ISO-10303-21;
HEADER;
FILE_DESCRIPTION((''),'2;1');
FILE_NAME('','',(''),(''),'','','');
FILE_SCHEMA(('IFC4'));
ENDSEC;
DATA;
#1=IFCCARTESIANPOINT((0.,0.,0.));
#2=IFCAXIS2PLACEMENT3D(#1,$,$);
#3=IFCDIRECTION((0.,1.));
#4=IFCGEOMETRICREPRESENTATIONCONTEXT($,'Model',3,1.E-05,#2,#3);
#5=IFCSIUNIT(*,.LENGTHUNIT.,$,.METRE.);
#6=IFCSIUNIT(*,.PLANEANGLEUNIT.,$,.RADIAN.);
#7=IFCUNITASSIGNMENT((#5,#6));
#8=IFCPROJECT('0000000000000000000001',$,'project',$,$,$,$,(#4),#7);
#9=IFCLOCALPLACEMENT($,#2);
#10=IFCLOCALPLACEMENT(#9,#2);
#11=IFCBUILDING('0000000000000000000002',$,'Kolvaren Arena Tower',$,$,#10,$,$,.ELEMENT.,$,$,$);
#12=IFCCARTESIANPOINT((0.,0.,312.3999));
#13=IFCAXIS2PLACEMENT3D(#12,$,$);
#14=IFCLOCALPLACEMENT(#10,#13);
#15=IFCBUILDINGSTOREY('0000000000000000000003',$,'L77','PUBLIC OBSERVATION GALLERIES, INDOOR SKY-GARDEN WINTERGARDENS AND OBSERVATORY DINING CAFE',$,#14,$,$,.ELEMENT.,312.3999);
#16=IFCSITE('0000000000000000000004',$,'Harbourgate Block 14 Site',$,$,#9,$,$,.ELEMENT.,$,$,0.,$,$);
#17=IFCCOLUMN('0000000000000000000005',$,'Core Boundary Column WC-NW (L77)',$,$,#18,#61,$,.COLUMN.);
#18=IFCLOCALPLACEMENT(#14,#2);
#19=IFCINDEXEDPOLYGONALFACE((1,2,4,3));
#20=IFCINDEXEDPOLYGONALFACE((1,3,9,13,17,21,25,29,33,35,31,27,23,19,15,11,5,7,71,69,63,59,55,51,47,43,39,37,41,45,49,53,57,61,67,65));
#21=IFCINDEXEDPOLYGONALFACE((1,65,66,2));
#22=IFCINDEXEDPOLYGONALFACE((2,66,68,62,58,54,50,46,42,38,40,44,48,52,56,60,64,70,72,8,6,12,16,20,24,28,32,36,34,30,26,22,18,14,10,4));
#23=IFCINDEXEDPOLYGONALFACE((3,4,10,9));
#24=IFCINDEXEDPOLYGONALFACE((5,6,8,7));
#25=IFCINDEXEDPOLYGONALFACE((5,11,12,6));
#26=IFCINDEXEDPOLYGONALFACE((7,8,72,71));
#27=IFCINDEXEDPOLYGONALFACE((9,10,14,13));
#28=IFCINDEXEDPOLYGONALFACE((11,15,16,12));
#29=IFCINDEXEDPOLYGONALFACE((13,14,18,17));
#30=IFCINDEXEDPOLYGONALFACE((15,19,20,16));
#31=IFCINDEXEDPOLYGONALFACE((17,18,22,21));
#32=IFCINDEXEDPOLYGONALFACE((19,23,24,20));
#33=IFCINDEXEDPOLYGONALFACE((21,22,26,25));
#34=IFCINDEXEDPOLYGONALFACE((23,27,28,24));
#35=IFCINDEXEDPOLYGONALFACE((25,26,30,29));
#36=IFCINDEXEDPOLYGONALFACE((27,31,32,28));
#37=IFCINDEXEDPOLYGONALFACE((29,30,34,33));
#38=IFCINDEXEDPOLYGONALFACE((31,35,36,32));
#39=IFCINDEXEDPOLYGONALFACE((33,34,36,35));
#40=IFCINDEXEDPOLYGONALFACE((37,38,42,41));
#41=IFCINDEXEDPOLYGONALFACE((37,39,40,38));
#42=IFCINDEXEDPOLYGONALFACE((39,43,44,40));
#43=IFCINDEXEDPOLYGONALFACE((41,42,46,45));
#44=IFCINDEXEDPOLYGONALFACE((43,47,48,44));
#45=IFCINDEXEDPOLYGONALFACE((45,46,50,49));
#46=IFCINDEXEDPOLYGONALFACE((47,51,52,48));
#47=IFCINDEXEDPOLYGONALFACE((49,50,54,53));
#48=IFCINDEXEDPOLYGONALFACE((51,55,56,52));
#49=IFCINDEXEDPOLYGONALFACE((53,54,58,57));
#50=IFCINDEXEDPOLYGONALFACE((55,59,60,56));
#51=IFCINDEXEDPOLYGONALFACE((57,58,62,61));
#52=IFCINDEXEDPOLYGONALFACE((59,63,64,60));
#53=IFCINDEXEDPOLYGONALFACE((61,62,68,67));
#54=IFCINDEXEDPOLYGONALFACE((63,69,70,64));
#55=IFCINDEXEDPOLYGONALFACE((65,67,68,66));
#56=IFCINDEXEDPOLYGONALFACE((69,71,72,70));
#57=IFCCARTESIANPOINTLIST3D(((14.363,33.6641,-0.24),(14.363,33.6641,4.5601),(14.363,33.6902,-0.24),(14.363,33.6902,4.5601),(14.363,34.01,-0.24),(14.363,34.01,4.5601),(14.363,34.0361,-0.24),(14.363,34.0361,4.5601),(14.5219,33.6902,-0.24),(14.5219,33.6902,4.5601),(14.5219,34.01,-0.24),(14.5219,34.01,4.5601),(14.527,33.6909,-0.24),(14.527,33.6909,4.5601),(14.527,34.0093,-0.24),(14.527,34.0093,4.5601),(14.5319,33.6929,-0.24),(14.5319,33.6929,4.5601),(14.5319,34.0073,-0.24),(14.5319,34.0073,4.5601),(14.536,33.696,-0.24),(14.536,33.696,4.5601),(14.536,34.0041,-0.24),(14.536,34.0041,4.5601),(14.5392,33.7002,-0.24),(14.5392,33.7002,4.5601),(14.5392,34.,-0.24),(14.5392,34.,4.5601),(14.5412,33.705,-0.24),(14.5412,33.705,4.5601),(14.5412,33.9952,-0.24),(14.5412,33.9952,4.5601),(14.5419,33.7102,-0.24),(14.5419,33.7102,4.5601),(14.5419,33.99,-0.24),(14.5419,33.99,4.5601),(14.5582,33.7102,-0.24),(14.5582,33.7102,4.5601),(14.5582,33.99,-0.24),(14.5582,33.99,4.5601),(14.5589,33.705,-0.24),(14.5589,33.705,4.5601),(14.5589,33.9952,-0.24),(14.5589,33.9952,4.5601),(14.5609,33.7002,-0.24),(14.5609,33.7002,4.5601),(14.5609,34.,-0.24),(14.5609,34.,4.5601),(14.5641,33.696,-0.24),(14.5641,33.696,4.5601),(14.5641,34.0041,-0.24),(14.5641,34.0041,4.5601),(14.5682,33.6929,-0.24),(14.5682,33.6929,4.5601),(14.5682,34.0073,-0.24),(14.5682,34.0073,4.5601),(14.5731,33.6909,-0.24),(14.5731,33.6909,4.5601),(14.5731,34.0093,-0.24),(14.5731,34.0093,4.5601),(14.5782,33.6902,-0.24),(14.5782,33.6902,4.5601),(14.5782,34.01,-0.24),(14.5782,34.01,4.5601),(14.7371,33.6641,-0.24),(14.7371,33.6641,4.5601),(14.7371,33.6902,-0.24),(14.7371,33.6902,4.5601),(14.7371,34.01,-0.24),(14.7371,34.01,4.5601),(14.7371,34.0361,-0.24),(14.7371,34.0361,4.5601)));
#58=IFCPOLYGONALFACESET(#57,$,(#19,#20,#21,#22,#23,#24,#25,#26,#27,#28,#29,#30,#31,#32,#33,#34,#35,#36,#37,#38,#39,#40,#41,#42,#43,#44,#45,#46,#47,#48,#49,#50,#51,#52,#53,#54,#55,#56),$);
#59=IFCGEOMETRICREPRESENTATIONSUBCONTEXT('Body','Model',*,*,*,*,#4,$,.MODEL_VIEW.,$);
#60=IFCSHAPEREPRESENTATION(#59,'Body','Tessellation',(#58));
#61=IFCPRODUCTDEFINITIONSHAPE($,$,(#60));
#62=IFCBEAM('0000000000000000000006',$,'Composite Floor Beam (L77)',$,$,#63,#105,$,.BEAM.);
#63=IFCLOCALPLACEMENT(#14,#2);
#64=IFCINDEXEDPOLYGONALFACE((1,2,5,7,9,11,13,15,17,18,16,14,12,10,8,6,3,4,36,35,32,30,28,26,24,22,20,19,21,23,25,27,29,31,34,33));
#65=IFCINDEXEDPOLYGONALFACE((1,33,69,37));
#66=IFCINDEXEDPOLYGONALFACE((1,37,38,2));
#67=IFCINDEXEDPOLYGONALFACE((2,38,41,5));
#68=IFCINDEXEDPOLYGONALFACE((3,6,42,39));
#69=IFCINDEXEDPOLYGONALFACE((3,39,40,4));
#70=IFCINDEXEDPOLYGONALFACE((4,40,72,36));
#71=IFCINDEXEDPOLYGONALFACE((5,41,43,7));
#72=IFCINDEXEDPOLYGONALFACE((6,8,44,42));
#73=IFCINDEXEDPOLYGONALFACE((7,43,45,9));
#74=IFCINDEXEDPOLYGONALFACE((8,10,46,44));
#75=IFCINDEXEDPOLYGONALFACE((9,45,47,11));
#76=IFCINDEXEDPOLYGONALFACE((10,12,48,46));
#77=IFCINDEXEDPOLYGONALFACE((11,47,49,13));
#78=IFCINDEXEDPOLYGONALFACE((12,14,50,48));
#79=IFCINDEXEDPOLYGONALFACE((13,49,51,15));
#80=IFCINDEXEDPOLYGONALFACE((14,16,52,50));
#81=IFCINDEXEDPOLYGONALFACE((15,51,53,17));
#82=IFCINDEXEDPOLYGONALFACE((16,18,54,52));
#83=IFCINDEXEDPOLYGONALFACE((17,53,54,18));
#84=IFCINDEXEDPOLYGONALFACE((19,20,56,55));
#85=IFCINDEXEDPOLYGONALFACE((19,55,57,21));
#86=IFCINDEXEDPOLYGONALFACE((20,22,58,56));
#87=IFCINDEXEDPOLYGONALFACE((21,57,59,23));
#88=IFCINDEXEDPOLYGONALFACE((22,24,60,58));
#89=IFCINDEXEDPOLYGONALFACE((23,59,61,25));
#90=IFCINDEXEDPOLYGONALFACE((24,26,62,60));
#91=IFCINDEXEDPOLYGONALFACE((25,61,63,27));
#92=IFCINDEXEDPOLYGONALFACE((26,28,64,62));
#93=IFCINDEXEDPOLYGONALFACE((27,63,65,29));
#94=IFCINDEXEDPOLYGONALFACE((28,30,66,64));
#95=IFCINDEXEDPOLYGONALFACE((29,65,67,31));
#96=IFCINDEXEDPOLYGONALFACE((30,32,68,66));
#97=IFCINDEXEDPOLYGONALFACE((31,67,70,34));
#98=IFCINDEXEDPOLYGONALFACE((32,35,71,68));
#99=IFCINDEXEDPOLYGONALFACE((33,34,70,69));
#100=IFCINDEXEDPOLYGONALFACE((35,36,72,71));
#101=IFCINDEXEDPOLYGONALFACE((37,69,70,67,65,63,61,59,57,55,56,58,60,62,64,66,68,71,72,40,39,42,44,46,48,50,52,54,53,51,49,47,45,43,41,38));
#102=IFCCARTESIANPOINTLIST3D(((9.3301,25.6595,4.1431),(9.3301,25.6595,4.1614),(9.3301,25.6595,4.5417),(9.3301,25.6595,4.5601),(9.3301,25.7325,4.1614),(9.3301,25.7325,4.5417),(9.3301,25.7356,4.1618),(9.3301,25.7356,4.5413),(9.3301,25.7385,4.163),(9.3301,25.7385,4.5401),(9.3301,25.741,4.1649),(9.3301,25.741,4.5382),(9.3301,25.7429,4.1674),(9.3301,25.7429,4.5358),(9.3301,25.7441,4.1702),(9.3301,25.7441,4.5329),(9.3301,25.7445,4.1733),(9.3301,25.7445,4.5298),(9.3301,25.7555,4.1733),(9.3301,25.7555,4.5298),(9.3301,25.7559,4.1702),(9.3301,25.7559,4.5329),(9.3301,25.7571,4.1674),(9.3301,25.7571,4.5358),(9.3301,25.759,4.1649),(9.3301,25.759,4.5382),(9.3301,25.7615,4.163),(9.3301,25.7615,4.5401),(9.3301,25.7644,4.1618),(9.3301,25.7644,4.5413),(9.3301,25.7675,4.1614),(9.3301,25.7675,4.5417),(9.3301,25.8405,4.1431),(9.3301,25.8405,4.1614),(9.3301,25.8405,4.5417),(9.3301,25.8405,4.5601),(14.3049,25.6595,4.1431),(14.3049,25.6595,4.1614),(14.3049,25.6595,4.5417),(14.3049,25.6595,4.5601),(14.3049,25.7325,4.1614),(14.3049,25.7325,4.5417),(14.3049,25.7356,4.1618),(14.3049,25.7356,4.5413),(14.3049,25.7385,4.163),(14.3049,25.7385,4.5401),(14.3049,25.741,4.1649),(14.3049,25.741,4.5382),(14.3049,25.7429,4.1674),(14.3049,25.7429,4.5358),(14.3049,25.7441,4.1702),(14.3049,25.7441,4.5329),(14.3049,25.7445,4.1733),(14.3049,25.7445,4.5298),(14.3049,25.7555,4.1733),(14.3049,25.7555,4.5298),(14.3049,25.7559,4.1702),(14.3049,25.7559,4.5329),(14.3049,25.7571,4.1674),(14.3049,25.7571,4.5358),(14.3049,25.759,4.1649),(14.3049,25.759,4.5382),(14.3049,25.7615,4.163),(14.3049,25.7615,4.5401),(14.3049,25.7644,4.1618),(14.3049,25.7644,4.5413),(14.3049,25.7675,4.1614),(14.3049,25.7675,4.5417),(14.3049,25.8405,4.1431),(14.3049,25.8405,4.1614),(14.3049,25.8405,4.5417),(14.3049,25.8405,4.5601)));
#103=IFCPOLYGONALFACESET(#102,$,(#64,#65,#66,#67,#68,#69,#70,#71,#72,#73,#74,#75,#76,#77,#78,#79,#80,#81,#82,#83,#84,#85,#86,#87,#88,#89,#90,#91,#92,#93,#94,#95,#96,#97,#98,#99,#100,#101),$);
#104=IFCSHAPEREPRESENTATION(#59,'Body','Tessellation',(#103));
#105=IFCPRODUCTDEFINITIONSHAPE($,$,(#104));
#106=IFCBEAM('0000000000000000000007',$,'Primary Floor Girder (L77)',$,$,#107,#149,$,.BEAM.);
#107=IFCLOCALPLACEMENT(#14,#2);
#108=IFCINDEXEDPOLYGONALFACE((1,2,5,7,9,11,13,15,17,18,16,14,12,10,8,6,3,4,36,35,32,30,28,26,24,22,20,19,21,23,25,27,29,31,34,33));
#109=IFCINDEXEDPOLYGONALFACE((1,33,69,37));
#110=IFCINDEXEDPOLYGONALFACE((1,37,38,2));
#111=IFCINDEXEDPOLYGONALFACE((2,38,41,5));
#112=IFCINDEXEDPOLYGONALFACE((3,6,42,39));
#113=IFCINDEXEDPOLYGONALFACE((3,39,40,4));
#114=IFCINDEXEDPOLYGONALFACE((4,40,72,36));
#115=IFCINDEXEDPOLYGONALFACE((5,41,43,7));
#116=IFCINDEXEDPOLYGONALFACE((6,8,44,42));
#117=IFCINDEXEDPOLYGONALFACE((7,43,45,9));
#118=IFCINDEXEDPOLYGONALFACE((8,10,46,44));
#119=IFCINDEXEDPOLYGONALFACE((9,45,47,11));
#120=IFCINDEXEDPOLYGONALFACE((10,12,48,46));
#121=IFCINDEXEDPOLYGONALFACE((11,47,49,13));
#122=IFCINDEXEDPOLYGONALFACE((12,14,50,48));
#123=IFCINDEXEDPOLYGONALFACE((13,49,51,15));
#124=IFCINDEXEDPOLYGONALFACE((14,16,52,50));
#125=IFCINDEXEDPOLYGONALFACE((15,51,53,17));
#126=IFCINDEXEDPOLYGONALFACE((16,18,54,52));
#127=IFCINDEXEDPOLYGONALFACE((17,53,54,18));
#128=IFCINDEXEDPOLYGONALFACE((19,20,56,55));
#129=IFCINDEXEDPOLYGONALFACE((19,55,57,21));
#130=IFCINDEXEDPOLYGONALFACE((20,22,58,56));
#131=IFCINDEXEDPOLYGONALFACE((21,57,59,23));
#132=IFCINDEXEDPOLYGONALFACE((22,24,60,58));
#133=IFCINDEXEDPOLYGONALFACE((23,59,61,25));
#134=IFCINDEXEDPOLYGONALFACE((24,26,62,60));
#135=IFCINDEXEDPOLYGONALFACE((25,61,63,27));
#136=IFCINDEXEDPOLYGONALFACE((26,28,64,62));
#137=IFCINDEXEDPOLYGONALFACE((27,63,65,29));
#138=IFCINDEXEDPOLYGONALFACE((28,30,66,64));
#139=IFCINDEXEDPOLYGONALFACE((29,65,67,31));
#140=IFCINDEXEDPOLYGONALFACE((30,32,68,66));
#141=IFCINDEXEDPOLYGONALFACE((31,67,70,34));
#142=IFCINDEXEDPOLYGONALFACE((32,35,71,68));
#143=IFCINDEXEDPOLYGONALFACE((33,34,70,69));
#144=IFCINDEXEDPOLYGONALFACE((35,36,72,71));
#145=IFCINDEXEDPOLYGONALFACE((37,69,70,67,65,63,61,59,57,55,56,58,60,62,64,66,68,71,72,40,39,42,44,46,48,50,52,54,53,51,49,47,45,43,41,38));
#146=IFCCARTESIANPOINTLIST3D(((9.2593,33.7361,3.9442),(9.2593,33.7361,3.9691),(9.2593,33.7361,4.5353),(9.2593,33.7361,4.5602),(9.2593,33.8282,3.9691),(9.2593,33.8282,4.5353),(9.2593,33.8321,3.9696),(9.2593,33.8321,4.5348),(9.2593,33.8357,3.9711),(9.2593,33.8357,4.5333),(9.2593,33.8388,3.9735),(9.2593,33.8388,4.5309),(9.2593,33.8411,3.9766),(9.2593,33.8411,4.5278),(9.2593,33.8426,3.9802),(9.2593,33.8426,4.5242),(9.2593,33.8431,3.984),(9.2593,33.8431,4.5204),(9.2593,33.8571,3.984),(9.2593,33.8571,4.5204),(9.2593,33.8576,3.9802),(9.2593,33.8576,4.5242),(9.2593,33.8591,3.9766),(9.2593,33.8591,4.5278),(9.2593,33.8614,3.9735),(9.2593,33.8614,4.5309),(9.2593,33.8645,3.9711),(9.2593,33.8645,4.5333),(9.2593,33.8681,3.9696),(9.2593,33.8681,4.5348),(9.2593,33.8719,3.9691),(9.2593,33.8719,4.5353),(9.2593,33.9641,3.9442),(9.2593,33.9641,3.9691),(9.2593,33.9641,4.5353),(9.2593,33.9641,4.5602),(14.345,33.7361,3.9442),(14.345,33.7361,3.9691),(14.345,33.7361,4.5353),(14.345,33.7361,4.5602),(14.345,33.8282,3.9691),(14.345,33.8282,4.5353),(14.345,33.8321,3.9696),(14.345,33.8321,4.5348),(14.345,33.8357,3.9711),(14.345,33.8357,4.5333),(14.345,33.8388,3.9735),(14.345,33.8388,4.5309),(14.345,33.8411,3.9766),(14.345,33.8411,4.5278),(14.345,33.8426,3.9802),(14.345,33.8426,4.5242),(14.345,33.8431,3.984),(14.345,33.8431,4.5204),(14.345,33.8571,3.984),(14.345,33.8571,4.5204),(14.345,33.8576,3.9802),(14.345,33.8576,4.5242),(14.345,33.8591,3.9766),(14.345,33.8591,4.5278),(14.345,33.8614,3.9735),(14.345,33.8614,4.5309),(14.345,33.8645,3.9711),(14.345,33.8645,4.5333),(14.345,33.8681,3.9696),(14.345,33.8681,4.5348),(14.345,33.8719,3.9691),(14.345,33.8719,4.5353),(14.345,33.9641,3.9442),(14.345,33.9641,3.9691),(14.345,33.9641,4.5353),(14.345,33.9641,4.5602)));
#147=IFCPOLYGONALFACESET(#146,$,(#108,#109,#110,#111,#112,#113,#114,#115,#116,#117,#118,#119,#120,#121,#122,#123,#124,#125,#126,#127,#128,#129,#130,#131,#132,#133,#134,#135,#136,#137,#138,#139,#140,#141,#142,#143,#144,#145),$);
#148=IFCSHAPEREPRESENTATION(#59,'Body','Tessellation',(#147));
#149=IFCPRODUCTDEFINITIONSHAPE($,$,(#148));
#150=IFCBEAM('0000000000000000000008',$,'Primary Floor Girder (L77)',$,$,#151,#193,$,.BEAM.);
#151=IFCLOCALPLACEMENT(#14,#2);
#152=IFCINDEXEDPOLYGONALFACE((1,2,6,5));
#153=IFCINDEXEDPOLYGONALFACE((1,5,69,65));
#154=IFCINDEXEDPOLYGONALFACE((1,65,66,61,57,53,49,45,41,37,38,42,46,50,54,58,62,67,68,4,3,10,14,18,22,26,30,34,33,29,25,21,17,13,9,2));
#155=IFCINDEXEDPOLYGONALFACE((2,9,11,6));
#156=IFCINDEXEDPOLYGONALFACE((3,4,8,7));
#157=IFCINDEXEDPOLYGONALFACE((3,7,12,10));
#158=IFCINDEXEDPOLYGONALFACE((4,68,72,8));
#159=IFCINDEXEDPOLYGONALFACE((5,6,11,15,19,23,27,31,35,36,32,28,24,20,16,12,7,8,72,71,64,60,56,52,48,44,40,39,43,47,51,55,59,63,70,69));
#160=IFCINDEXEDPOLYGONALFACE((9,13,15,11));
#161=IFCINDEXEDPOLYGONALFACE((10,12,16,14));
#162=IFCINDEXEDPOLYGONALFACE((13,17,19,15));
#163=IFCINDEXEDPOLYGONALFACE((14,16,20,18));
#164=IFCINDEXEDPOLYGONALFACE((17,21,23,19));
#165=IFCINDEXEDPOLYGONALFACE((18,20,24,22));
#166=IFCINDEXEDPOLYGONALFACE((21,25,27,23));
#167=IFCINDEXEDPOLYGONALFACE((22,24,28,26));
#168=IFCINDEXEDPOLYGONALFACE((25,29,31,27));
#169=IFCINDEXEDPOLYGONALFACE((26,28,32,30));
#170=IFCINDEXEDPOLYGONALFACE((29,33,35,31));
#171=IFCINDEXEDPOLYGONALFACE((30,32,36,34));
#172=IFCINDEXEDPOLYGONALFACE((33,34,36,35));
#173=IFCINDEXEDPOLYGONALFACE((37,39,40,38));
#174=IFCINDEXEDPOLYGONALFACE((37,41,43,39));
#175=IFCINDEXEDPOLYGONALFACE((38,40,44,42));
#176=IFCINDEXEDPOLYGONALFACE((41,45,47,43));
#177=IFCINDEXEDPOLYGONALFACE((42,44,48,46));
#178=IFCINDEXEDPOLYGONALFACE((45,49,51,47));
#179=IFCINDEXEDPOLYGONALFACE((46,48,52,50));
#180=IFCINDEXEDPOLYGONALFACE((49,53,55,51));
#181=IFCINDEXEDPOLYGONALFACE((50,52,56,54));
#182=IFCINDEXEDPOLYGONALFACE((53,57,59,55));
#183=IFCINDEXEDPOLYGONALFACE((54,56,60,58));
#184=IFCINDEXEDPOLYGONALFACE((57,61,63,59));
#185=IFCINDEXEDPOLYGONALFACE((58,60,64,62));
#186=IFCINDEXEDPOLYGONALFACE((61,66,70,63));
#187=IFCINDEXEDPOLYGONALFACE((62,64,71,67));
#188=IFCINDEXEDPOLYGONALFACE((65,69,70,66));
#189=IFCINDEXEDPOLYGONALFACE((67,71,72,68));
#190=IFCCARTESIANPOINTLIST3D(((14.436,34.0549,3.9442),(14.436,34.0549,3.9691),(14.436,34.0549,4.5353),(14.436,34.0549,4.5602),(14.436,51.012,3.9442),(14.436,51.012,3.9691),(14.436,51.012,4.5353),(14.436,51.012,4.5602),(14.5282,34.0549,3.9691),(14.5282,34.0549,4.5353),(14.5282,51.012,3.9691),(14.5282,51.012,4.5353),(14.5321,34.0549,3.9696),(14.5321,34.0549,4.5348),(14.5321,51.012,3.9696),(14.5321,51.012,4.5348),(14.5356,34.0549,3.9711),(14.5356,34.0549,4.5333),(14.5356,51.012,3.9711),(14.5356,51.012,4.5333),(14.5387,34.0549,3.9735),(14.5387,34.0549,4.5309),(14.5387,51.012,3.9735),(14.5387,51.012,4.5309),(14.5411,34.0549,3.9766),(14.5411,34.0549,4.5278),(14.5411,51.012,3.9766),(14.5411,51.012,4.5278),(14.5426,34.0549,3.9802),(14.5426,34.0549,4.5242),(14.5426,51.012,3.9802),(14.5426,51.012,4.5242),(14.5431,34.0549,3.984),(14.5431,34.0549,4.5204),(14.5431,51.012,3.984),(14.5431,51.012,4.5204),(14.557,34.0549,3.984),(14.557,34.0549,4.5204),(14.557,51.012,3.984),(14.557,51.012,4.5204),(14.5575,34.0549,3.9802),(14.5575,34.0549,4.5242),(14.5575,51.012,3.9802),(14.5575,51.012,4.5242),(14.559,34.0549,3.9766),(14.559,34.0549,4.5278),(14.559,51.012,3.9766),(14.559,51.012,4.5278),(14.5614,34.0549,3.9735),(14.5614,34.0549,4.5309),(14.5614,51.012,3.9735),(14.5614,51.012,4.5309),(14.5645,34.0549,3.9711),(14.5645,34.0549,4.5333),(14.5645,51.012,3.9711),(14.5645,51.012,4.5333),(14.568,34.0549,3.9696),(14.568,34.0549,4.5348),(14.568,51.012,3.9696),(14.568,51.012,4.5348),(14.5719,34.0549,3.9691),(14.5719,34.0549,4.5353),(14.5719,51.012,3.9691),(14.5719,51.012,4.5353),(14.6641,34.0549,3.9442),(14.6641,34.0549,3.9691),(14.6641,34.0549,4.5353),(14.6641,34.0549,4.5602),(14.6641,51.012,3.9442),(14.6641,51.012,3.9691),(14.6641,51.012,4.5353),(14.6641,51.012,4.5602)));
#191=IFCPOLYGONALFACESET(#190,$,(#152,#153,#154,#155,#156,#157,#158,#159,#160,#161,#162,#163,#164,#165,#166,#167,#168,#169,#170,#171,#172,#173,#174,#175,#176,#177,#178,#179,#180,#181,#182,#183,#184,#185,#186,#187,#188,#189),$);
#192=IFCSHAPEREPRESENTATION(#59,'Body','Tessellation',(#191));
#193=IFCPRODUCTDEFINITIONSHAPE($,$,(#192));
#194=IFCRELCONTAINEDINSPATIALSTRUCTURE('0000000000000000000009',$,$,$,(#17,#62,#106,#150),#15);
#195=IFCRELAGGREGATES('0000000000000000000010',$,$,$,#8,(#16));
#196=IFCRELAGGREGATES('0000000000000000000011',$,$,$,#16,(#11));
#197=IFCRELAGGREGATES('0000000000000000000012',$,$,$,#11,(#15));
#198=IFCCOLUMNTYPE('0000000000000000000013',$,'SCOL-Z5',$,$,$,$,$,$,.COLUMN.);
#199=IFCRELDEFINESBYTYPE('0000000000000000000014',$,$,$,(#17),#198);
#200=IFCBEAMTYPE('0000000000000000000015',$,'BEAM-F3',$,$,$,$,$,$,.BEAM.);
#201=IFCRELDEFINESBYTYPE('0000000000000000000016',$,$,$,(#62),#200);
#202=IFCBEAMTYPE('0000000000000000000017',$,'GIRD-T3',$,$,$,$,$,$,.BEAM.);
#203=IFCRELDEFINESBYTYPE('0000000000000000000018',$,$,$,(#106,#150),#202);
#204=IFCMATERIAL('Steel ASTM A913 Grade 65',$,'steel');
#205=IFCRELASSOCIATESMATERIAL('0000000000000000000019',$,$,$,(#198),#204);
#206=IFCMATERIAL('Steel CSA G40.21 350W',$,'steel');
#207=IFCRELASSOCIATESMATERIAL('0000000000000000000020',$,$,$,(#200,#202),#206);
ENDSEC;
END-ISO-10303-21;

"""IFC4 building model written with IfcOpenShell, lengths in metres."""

from ifc_helpers import new_model, si_unit, direction, frame, origin, origin_2d, place, context, subcontext, project, spatial, i_section, extrude, material, material_profile, profile_set, type_object, element, save


model = new_model("IFC4")

# Units and contexts
model_context = context("Model", 3, precision=1e-05, world=origin(), true_north=direction((0.0, 1.0)))
body_context = subcontext(model_context, "Body", "Model", "MODEL_VIEW")
ifc_project = project(units=[si_unit("LENGTHUNIT", "METRE"), si_unit("PLANEANGLEUNIT", "RADIAN")], contexts=[model_context])

# Site, building, storey
site_placement = place(None, origin())
site = spatial("IfcSite", under=ifc_project, at=site_placement, Name="Harbourgate Block 14 Site", CompositionType="ELEMENT", RefElevation=0.0)
building_placement = place(site_placement, origin())
building = spatial("IfcBuilding", under=site, at=building_placement, Name="Kolvaren Arena Tower", CompositionType="ELEMENT")
storey_placement = place(building_placement, frame((0.0, 0.0, 312.3999)))
storey = spatial("IfcBuildingStorey", under=building, at=storey_placement, Name="L77", Description="PUBLIC OBSERVATION GALLERIES, INDOOR SKY-GARDEN WINTERGARDENS AND OBSERVATORY DINING CAFE", CompositionType="ELEMENT", Elevation=312.3999)

# Column
ifc_material_1 = material(Name="Steel ASTM A913 Grade 65", Category="steel")
ifc_material_profile_1 = material_profile(ifc_material_1, i_section(OverallWidth=0.374, OverallDepth=0.3721, WebThickness=0.0164, FlangeThickness=0.0261, FilletRadius=0.02, at=origin_2d()), Name="W360x196")
ifc_profile_set_1 = profile_set([ifc_material_profile_1], Name="Steel ASTM A913 Grade 65")
column_type = type_object("IfcColumnType", Name="SCOL-Z5", PredefinedType="COLUMN", material=ifc_profile_set_1)
column_placement = place(storey_placement, frame((14.55, 33.8501, -0.24), z_axis=(0.0, 0.0, 1.0), x_axis=(1.0, 0.0, 0.0)))
element("IfcColumn", 1, at=column_placement, inside=storey, type_object=column_type, Name="Core Boundary Column WC-NW (L77)", PredefinedType="COLUMN", context=body_context, shape_type="SweptSolid", body=[
    extrude(i_section(OverallWidth=0.374, OverallDepth=0.3721, WebThickness=0.0164, FlangeThickness=0.0261, FilletRadius=0.02, at=origin_2d()), origin(), (0.0, 0.0, 1.0), 4.8),
])

# Beams
ifc_material_2 = material(Name="Steel CSA G40.21 350W", Category="steel")
ifc_material_profile_2 = material_profile(ifc_material_2, i_section(OverallWidth=0.1809, OverallDepth=0.417, WebThickness=0.011, FlangeThickness=0.0183, FilletRadius=0.012, at=origin_2d()), Name="W410x85")
ifc_profile_set_2 = profile_set([ifc_material_profile_2], Name="Steel CSA G40.21 350W")
beam_type_1 = type_object("IfcBeamType", Name="BEAM-F3", PredefinedType="BEAM", material=ifc_profile_set_2)
beam_1_placement = place(storey_placement, frame((9.3301, 25.75, 4.3516), z_axis=(1.0, 0.0, 0.0), x_axis=(0.0, 1.0, 0.0)))
element("IfcBeam", 2, at=beam_1_placement, inside=storey, type_object=beam_type_1, Name="Composite Floor Beam (L77)", PredefinedType="BEAM", context=body_context, shape_type="SweptSolid", body=[
    extrude(i_section(OverallWidth=0.1809, OverallDepth=0.417, WebThickness=0.011, FlangeThickness=0.0183, FilletRadius=0.012, at=origin_2d()), origin(), (0.0, 0.0, 1.0), 4.9749),
])
ifc_material_profile_3 = material_profile(ifc_material_2, i_section(OverallWidth=0.228, OverallDepth=0.616, WebThickness=0.0139, FlangeThickness=0.0249, FilletRadius=0.0149, at=origin_2d()), Name="W610x174")
ifc_profile_set_3 = profile_set([ifc_material_profile_3], Name="Steel CSA G40.21 350W")
beam_type_2 = type_object("IfcBeamType", Name="GIRD-T3", PredefinedType="BEAM", material=ifc_profile_set_3)
beam_2_placement = place(storey_placement, frame((9.2593, 33.8501, 4.2522), z_axis=(1.0, 0.0, 0.0), x_axis=(0.0, 1.0, 0.0)))
element("IfcBeam", 3, at=beam_2_placement, inside=storey, type_object=beam_type_2, Name="Primary Floor Girder (L77)", PredefinedType="BEAM", context=body_context, shape_type="SweptSolid", body=[
    extrude(i_section(OverallWidth=0.228, OverallDepth=0.616, WebThickness=0.0139, FlangeThickness=0.0249, FilletRadius=0.0149, at=origin_2d()), origin(), (0.0, 0.0, 1.0), 5.0857),
])
beam_3_placement = place(storey_placement, frame((14.55, 34.0549, 4.2522), z_axis=(0.0, 1.0, 0.0), x_axis=(-1.0, 0.0, 0.0)))
element("IfcBeam", 4, at=beam_3_placement, inside=storey, type_object=beam_type_2, Name="Primary Floor Girder (L77)", PredefinedType="BEAM", context=body_context, shape_type="SweptSolid", body=[
    extrude(i_section(OverallWidth=0.228, OverallDepth=0.616, WebThickness=0.0139, FlangeThickness=0.0249, FilletRadius=0.0149, at=origin_2d()), origin(), (0.0, 0.0, 1.0), 16.957),
])

save(model, "model.ifc")
